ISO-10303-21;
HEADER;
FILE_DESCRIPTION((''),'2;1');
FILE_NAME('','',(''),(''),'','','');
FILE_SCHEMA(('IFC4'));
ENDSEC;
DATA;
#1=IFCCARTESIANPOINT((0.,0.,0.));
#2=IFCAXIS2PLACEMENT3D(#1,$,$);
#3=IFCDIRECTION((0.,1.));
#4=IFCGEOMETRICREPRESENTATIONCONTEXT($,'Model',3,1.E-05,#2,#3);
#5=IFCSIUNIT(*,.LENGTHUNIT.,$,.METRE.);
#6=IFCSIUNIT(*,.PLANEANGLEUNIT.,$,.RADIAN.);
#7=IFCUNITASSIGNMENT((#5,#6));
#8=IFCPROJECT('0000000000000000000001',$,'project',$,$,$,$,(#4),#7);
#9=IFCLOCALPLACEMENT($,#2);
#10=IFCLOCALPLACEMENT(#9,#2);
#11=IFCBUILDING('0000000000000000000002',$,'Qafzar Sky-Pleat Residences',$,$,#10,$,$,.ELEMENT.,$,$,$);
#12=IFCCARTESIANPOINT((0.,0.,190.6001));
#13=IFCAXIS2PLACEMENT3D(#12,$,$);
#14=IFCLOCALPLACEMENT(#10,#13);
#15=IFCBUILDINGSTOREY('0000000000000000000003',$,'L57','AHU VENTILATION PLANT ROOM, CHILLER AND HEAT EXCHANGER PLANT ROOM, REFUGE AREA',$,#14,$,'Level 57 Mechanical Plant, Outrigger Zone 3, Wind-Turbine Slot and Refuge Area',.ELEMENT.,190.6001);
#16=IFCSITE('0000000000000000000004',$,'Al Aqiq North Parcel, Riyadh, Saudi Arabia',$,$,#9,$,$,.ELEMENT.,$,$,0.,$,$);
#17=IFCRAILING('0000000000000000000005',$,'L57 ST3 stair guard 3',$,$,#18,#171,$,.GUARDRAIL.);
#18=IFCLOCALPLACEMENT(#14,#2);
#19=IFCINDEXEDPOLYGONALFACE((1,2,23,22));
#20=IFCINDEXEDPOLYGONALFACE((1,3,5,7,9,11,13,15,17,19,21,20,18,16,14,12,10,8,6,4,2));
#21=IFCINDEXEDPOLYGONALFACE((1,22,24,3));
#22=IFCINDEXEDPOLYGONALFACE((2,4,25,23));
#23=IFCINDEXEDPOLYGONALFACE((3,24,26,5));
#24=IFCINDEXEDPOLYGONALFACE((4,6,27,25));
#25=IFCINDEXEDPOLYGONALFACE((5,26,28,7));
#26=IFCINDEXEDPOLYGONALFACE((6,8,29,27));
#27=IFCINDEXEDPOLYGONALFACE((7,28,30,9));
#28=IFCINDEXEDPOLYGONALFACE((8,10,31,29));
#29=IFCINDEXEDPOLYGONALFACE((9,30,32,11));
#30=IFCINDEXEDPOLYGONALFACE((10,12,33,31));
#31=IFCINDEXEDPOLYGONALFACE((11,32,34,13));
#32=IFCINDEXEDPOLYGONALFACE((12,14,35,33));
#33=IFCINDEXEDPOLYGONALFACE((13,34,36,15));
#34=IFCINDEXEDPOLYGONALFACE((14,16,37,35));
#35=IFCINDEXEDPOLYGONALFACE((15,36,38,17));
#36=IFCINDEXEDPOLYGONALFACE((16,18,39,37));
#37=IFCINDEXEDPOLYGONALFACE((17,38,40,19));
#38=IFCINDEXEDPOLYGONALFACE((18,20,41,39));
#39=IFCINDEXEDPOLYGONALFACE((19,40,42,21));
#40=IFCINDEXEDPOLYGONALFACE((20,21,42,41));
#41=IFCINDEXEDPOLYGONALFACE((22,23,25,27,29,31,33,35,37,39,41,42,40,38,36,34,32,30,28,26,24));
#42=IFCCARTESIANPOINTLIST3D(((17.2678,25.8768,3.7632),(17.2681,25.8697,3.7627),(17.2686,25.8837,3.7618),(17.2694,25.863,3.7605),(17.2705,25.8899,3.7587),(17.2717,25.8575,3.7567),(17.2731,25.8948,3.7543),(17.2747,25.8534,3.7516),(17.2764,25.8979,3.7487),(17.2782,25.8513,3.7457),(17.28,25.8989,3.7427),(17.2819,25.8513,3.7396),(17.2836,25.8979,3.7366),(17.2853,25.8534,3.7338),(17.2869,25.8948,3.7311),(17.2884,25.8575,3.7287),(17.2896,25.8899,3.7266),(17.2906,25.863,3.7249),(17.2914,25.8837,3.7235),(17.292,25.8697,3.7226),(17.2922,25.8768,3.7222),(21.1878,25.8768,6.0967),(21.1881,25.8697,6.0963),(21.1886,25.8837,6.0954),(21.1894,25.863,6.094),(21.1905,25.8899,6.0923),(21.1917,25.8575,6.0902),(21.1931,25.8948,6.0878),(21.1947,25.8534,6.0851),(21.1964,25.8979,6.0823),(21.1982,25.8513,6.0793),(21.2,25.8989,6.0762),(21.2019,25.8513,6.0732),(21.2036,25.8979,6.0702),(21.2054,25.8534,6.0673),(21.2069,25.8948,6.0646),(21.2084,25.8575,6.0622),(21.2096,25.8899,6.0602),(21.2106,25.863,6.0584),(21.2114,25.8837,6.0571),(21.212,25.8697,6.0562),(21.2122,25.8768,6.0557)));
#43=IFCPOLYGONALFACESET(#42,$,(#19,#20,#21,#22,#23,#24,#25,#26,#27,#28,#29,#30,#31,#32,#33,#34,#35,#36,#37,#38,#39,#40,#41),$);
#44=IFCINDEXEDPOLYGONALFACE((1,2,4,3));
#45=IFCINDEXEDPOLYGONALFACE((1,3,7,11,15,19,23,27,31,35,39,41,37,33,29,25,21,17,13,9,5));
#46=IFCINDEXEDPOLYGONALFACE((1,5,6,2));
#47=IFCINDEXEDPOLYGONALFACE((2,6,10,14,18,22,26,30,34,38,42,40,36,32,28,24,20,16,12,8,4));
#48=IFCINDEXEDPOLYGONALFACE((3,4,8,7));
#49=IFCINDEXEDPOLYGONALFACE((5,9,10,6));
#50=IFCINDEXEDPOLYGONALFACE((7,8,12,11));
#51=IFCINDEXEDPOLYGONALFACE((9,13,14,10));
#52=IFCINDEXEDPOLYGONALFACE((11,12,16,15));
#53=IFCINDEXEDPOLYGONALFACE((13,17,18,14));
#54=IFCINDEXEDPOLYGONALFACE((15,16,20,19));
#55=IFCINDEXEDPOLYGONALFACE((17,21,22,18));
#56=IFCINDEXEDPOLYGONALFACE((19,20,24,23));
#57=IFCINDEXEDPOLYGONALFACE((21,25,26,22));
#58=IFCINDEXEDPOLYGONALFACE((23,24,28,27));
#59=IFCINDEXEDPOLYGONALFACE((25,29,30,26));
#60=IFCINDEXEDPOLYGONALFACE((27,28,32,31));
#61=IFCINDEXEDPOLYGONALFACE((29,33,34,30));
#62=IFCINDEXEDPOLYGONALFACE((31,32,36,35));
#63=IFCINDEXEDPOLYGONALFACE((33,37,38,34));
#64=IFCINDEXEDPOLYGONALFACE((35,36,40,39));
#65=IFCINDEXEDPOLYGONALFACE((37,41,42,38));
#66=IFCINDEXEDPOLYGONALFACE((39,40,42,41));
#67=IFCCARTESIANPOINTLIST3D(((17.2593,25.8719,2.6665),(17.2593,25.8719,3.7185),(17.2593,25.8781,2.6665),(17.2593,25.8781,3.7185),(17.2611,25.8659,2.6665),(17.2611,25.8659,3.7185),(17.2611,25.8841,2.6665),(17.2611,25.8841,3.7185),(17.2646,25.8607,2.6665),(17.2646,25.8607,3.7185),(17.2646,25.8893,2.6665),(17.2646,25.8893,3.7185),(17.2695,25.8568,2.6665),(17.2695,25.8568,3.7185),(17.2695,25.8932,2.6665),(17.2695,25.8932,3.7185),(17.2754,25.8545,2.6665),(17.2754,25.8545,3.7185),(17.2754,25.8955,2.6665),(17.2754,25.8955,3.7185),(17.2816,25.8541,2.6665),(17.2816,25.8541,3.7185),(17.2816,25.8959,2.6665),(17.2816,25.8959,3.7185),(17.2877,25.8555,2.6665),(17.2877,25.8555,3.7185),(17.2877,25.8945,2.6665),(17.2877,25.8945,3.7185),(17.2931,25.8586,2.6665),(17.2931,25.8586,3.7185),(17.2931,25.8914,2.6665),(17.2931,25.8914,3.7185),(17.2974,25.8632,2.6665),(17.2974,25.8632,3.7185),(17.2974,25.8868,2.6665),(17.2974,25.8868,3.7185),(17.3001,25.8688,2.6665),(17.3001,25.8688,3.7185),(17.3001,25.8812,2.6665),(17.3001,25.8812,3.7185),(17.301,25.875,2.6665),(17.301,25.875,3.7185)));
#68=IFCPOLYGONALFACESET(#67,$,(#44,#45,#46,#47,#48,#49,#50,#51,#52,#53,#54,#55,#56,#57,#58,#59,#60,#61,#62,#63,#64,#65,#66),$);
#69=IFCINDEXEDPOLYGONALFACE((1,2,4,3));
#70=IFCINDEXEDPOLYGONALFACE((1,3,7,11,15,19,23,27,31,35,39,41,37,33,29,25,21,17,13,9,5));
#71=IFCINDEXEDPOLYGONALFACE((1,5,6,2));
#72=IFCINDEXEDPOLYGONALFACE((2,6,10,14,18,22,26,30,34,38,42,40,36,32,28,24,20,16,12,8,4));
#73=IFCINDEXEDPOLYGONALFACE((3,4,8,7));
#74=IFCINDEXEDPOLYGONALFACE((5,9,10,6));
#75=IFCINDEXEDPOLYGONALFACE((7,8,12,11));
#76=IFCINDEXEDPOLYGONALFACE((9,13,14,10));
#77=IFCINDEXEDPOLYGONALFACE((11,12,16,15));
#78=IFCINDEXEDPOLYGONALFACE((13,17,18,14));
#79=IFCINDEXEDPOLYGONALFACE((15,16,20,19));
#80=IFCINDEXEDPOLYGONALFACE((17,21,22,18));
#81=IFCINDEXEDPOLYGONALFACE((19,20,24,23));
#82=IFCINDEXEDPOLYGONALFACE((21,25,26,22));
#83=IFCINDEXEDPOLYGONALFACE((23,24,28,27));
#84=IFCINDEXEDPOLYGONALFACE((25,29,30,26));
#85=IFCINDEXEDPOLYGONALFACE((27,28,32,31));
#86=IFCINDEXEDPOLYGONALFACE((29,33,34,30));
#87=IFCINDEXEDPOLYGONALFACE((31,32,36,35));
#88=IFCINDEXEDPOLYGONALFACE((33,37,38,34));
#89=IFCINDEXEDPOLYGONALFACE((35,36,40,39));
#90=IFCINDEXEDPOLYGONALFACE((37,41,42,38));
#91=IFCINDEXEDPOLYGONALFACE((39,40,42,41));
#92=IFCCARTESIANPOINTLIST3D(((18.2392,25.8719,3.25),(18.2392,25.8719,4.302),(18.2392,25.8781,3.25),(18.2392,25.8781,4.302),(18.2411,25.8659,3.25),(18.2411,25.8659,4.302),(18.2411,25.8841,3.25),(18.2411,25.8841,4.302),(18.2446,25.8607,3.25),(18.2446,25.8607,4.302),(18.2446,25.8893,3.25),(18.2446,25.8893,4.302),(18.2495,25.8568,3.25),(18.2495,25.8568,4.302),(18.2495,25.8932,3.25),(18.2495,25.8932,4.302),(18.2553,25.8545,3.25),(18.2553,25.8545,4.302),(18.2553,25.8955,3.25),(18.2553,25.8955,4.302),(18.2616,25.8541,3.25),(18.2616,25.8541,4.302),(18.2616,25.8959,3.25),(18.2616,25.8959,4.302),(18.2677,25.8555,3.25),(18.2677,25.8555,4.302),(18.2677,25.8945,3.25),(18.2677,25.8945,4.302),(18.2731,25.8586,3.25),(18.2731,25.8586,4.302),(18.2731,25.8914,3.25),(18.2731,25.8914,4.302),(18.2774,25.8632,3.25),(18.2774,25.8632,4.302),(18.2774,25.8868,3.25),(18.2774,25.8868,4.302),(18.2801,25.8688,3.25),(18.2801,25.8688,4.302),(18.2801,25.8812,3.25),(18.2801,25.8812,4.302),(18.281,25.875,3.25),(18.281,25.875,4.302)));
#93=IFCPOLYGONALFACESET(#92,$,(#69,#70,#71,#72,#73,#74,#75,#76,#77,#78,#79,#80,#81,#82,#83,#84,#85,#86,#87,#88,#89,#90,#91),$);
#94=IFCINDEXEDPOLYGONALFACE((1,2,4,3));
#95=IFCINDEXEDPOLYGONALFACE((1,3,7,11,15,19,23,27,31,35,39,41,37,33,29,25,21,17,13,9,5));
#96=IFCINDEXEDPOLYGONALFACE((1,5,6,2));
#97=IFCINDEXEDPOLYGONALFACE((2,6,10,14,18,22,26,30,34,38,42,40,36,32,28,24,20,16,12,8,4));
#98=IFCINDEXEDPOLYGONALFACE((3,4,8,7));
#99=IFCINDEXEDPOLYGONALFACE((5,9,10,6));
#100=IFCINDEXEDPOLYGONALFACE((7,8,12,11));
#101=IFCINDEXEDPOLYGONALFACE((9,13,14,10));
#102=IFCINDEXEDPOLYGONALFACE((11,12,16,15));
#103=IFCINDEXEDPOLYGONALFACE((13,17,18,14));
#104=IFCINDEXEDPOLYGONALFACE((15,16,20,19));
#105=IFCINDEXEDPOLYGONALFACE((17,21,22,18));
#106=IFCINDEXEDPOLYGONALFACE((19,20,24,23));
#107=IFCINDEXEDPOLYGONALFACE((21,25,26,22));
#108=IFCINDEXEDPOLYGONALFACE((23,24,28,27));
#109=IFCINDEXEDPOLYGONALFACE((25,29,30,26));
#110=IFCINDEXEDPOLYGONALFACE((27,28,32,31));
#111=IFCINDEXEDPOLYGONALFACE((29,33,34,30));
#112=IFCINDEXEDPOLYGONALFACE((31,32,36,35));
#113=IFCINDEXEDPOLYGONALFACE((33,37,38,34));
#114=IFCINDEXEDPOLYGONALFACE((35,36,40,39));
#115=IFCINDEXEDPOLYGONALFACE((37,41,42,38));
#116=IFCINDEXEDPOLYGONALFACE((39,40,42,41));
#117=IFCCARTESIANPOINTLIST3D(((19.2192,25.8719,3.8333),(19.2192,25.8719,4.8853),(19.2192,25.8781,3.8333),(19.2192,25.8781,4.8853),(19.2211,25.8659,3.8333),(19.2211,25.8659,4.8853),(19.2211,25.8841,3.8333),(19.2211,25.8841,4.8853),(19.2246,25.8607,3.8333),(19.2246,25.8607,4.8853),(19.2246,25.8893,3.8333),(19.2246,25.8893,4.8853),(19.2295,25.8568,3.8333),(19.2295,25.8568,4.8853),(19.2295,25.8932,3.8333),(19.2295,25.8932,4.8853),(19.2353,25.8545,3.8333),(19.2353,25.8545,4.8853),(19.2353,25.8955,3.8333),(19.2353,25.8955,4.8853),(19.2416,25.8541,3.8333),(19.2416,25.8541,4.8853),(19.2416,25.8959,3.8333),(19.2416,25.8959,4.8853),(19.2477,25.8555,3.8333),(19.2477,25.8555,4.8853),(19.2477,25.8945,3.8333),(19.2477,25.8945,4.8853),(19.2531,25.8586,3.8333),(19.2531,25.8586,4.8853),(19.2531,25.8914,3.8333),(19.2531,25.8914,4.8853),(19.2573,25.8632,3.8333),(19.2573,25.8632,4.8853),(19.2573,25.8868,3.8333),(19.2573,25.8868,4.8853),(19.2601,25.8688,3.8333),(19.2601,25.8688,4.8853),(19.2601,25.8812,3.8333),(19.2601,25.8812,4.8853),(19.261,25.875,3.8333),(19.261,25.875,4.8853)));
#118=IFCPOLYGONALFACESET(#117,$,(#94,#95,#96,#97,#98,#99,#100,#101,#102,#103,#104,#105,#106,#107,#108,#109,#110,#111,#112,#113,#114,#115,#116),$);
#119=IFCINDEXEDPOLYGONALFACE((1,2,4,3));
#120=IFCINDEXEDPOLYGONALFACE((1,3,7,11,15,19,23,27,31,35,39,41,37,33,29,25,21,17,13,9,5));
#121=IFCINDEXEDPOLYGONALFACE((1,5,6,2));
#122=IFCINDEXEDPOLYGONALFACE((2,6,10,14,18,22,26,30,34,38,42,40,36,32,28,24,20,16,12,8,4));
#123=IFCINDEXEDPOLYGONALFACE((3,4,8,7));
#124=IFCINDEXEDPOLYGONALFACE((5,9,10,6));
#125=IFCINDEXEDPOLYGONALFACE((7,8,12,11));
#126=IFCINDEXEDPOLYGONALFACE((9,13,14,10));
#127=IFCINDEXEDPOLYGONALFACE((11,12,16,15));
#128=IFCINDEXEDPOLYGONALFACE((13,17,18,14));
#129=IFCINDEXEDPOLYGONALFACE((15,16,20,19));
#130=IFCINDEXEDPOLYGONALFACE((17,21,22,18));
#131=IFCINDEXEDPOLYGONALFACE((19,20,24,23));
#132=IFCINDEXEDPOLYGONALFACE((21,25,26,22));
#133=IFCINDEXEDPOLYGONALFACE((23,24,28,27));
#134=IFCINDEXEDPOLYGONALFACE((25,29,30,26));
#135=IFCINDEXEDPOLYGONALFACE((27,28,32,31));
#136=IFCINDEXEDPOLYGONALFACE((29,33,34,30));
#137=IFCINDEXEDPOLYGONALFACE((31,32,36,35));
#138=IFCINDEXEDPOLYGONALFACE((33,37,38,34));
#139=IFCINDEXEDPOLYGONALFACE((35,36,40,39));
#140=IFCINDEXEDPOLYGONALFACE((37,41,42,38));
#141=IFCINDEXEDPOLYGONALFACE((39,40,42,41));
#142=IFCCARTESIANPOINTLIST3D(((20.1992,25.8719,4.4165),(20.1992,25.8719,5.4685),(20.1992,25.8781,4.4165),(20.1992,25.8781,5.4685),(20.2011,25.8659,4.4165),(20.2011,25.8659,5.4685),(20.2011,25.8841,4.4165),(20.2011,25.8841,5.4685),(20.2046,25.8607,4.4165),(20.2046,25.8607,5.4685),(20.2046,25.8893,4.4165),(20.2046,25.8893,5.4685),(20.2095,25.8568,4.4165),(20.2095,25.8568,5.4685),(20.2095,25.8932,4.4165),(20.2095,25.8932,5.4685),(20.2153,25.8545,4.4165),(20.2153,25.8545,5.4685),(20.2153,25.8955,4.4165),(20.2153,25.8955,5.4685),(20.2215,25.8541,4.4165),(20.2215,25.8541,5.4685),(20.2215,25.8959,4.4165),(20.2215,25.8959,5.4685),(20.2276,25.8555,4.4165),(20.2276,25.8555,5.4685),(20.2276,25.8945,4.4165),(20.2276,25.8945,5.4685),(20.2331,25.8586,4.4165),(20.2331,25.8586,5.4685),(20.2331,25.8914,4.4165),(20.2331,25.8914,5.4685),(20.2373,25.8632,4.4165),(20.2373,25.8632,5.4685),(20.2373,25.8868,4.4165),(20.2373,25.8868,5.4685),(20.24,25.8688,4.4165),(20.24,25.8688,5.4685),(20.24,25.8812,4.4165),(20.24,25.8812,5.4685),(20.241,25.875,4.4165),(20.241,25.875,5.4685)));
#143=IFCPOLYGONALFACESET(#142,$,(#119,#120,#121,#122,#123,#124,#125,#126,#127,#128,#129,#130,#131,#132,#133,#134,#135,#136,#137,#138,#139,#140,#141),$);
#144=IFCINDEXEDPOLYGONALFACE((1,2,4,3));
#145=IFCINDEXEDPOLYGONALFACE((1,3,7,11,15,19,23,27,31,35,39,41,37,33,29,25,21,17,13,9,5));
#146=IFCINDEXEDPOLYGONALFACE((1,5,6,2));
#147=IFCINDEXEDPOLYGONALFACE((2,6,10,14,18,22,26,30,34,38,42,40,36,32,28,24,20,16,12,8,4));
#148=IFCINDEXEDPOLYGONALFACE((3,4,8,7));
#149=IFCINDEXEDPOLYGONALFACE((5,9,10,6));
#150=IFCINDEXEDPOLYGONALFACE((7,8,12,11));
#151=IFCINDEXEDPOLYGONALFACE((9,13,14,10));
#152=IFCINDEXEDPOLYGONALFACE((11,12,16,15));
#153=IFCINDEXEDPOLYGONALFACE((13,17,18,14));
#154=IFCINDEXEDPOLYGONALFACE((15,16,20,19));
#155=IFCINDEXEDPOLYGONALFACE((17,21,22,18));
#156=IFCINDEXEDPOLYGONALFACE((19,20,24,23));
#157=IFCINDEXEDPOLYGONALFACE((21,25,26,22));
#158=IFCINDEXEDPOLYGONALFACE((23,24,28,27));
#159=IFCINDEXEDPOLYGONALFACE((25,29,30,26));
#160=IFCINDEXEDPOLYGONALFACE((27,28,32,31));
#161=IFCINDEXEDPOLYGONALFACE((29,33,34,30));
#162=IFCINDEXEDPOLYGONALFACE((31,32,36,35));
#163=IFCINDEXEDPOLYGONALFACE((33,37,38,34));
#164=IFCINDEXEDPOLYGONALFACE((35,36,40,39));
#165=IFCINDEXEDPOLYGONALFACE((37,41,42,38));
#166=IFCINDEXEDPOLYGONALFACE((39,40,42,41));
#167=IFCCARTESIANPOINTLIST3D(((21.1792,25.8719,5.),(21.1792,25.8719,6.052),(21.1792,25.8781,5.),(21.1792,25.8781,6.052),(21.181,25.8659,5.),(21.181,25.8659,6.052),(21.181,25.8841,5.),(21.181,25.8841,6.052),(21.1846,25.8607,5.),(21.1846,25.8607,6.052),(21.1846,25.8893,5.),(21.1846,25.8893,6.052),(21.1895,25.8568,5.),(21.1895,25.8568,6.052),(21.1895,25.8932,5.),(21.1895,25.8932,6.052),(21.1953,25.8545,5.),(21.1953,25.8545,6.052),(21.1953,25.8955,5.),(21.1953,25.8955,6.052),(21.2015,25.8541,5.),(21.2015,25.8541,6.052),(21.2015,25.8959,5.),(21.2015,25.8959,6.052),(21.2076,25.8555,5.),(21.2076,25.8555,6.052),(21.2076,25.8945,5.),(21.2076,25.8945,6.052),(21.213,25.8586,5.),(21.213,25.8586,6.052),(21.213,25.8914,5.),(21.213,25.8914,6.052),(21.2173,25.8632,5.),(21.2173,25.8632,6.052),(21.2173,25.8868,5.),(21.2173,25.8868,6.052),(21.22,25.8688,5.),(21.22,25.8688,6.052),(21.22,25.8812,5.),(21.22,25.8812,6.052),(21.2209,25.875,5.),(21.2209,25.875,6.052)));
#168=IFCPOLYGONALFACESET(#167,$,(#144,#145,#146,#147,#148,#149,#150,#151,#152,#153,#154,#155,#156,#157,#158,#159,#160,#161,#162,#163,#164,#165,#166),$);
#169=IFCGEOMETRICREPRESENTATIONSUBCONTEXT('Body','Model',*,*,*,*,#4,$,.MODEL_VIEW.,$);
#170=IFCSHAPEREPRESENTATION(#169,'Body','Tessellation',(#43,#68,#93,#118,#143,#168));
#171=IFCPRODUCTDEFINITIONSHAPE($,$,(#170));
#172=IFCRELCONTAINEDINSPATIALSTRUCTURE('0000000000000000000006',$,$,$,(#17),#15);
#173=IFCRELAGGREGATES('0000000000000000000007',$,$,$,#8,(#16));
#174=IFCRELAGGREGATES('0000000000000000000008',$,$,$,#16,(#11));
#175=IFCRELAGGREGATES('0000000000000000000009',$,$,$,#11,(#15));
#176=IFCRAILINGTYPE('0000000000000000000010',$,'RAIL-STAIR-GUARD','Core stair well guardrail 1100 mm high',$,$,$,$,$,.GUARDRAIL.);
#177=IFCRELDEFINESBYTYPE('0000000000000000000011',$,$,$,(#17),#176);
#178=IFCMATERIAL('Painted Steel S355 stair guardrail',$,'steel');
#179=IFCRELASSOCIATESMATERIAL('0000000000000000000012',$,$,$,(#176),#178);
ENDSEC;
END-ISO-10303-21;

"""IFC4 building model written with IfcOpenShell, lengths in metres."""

from ifc_helpers import new_model, si_unit, direction, frame, origin, origin_2d, place, context, subcontext, project, spatial, circle, extrude, source, transform, mapped, material, type_object, element, save


model = new_model("IFC4")

# Units and contexts
model_context = context("Model", 3, precision=1e-05, world=origin(), true_north=direction((0.0, 1.0)))
body_context = subcontext(model_context, "Body", "Model", "MODEL_VIEW")
ifc_project = project(units=[si_unit("LENGTHUNIT", "METRE"), si_unit("PLANEANGLEUNIT", "RADIAN")], contexts=[model_context])

# Site, building, storey
site_placement = place(None, origin())
site = spatial("IfcSite", under=ifc_project, at=site_placement, Name="Al Aqiq North Parcel, Riyadh, Saudi Arabia", CompositionType="ELEMENT", RefElevation=0.0)
building_placement = place(site_placement, origin())
building = spatial("IfcBuilding", under=site, at=building_placement, Name="Qafzar Sky-Pleat Residences", CompositionType="ELEMENT")
storey_placement = place(building_placement, frame((0.0, 0.0, 190.6001)))
storey = spatial("IfcBuildingStorey", under=building, at=storey_placement, Name="L57", Description="AHU VENTILATION PLANT ROOM, CHILLER AND HEAT EXCHANGER PLANT ROOM, REFUGE AREA", LongName="Level 57 Mechanical Plant, Outrigger Zone 3, Wind-Turbine Slot and Refuge Area", CompositionType="ELEMENT", Elevation=190.6001)

# Railing
ifc_material_1 = material(Name="Painted Steel S355 stair guardrail", Category="steel")
railing_type_1 = type_object("IfcRailingType", Name="RAIL-STAIR-GUARD", Description="Core stair well guardrail 1100 mm high", PredefinedType="GUARDRAIL", material=ifc_material_1)
shared_shape_1 = source(origin(), body_context, "Body", "SweptSolid", [
    extrude(circle(Radius=0.0239, at=origin_2d()), frame((0.0, 0.0, 1.0762), z_axis=(0.859273, 0.0, 0.511518), x_axis=(0.0, 1.0, 0.0)), (0.0, 0.0, 1.0), 4.562),
    extrude(circle(Radius=0.021, at=origin_2d()), origin(), (0.0, 0.0, 1.0), 1.052),
    extrude(circle(Radius=0.021, at=origin_2d()), frame((0.98, 0.0, 0.5835)), (0.0, 0.0, 1.0), 1.052),
    extrude(circle(Radius=0.021, at=origin_2d()), frame((1.96, 0.0, 1.1667)), (0.0, 0.0, 1.0), 1.052),
    extrude(circle(Radius=0.021, at=origin_2d()), frame((2.9399, 0.0, 1.75)), (0.0, 0.0, 1.0), 1.052),
    extrude(circle(Radius=0.021, at=origin_2d()), frame((3.9199, 0.0, 2.3335)), (0.0, 0.0, 1.0), 1.052),
])
railing_1_placement = place(storey_placement, frame((17.28, 25.875, 2.6665)))
element("IfcRailing", 1, at=railing_1_placement, inside=storey, type_object=railing_type_1, Name="L57 ST3 stair guard 3", PredefinedType="GUARDRAIL", context=body_context, shape_type="MappedRepresentation", body=[
    mapped(shared_shape_1, transform((0.0, 0.0, 0.0), x_axis=(1.0, 0.0, 0.0), y_axis=(0.0, 1.0, 0.0), z_axis=(0.0, 0.0, 1.0), scale=1.0)),
])

save(model, "model.ifc")
